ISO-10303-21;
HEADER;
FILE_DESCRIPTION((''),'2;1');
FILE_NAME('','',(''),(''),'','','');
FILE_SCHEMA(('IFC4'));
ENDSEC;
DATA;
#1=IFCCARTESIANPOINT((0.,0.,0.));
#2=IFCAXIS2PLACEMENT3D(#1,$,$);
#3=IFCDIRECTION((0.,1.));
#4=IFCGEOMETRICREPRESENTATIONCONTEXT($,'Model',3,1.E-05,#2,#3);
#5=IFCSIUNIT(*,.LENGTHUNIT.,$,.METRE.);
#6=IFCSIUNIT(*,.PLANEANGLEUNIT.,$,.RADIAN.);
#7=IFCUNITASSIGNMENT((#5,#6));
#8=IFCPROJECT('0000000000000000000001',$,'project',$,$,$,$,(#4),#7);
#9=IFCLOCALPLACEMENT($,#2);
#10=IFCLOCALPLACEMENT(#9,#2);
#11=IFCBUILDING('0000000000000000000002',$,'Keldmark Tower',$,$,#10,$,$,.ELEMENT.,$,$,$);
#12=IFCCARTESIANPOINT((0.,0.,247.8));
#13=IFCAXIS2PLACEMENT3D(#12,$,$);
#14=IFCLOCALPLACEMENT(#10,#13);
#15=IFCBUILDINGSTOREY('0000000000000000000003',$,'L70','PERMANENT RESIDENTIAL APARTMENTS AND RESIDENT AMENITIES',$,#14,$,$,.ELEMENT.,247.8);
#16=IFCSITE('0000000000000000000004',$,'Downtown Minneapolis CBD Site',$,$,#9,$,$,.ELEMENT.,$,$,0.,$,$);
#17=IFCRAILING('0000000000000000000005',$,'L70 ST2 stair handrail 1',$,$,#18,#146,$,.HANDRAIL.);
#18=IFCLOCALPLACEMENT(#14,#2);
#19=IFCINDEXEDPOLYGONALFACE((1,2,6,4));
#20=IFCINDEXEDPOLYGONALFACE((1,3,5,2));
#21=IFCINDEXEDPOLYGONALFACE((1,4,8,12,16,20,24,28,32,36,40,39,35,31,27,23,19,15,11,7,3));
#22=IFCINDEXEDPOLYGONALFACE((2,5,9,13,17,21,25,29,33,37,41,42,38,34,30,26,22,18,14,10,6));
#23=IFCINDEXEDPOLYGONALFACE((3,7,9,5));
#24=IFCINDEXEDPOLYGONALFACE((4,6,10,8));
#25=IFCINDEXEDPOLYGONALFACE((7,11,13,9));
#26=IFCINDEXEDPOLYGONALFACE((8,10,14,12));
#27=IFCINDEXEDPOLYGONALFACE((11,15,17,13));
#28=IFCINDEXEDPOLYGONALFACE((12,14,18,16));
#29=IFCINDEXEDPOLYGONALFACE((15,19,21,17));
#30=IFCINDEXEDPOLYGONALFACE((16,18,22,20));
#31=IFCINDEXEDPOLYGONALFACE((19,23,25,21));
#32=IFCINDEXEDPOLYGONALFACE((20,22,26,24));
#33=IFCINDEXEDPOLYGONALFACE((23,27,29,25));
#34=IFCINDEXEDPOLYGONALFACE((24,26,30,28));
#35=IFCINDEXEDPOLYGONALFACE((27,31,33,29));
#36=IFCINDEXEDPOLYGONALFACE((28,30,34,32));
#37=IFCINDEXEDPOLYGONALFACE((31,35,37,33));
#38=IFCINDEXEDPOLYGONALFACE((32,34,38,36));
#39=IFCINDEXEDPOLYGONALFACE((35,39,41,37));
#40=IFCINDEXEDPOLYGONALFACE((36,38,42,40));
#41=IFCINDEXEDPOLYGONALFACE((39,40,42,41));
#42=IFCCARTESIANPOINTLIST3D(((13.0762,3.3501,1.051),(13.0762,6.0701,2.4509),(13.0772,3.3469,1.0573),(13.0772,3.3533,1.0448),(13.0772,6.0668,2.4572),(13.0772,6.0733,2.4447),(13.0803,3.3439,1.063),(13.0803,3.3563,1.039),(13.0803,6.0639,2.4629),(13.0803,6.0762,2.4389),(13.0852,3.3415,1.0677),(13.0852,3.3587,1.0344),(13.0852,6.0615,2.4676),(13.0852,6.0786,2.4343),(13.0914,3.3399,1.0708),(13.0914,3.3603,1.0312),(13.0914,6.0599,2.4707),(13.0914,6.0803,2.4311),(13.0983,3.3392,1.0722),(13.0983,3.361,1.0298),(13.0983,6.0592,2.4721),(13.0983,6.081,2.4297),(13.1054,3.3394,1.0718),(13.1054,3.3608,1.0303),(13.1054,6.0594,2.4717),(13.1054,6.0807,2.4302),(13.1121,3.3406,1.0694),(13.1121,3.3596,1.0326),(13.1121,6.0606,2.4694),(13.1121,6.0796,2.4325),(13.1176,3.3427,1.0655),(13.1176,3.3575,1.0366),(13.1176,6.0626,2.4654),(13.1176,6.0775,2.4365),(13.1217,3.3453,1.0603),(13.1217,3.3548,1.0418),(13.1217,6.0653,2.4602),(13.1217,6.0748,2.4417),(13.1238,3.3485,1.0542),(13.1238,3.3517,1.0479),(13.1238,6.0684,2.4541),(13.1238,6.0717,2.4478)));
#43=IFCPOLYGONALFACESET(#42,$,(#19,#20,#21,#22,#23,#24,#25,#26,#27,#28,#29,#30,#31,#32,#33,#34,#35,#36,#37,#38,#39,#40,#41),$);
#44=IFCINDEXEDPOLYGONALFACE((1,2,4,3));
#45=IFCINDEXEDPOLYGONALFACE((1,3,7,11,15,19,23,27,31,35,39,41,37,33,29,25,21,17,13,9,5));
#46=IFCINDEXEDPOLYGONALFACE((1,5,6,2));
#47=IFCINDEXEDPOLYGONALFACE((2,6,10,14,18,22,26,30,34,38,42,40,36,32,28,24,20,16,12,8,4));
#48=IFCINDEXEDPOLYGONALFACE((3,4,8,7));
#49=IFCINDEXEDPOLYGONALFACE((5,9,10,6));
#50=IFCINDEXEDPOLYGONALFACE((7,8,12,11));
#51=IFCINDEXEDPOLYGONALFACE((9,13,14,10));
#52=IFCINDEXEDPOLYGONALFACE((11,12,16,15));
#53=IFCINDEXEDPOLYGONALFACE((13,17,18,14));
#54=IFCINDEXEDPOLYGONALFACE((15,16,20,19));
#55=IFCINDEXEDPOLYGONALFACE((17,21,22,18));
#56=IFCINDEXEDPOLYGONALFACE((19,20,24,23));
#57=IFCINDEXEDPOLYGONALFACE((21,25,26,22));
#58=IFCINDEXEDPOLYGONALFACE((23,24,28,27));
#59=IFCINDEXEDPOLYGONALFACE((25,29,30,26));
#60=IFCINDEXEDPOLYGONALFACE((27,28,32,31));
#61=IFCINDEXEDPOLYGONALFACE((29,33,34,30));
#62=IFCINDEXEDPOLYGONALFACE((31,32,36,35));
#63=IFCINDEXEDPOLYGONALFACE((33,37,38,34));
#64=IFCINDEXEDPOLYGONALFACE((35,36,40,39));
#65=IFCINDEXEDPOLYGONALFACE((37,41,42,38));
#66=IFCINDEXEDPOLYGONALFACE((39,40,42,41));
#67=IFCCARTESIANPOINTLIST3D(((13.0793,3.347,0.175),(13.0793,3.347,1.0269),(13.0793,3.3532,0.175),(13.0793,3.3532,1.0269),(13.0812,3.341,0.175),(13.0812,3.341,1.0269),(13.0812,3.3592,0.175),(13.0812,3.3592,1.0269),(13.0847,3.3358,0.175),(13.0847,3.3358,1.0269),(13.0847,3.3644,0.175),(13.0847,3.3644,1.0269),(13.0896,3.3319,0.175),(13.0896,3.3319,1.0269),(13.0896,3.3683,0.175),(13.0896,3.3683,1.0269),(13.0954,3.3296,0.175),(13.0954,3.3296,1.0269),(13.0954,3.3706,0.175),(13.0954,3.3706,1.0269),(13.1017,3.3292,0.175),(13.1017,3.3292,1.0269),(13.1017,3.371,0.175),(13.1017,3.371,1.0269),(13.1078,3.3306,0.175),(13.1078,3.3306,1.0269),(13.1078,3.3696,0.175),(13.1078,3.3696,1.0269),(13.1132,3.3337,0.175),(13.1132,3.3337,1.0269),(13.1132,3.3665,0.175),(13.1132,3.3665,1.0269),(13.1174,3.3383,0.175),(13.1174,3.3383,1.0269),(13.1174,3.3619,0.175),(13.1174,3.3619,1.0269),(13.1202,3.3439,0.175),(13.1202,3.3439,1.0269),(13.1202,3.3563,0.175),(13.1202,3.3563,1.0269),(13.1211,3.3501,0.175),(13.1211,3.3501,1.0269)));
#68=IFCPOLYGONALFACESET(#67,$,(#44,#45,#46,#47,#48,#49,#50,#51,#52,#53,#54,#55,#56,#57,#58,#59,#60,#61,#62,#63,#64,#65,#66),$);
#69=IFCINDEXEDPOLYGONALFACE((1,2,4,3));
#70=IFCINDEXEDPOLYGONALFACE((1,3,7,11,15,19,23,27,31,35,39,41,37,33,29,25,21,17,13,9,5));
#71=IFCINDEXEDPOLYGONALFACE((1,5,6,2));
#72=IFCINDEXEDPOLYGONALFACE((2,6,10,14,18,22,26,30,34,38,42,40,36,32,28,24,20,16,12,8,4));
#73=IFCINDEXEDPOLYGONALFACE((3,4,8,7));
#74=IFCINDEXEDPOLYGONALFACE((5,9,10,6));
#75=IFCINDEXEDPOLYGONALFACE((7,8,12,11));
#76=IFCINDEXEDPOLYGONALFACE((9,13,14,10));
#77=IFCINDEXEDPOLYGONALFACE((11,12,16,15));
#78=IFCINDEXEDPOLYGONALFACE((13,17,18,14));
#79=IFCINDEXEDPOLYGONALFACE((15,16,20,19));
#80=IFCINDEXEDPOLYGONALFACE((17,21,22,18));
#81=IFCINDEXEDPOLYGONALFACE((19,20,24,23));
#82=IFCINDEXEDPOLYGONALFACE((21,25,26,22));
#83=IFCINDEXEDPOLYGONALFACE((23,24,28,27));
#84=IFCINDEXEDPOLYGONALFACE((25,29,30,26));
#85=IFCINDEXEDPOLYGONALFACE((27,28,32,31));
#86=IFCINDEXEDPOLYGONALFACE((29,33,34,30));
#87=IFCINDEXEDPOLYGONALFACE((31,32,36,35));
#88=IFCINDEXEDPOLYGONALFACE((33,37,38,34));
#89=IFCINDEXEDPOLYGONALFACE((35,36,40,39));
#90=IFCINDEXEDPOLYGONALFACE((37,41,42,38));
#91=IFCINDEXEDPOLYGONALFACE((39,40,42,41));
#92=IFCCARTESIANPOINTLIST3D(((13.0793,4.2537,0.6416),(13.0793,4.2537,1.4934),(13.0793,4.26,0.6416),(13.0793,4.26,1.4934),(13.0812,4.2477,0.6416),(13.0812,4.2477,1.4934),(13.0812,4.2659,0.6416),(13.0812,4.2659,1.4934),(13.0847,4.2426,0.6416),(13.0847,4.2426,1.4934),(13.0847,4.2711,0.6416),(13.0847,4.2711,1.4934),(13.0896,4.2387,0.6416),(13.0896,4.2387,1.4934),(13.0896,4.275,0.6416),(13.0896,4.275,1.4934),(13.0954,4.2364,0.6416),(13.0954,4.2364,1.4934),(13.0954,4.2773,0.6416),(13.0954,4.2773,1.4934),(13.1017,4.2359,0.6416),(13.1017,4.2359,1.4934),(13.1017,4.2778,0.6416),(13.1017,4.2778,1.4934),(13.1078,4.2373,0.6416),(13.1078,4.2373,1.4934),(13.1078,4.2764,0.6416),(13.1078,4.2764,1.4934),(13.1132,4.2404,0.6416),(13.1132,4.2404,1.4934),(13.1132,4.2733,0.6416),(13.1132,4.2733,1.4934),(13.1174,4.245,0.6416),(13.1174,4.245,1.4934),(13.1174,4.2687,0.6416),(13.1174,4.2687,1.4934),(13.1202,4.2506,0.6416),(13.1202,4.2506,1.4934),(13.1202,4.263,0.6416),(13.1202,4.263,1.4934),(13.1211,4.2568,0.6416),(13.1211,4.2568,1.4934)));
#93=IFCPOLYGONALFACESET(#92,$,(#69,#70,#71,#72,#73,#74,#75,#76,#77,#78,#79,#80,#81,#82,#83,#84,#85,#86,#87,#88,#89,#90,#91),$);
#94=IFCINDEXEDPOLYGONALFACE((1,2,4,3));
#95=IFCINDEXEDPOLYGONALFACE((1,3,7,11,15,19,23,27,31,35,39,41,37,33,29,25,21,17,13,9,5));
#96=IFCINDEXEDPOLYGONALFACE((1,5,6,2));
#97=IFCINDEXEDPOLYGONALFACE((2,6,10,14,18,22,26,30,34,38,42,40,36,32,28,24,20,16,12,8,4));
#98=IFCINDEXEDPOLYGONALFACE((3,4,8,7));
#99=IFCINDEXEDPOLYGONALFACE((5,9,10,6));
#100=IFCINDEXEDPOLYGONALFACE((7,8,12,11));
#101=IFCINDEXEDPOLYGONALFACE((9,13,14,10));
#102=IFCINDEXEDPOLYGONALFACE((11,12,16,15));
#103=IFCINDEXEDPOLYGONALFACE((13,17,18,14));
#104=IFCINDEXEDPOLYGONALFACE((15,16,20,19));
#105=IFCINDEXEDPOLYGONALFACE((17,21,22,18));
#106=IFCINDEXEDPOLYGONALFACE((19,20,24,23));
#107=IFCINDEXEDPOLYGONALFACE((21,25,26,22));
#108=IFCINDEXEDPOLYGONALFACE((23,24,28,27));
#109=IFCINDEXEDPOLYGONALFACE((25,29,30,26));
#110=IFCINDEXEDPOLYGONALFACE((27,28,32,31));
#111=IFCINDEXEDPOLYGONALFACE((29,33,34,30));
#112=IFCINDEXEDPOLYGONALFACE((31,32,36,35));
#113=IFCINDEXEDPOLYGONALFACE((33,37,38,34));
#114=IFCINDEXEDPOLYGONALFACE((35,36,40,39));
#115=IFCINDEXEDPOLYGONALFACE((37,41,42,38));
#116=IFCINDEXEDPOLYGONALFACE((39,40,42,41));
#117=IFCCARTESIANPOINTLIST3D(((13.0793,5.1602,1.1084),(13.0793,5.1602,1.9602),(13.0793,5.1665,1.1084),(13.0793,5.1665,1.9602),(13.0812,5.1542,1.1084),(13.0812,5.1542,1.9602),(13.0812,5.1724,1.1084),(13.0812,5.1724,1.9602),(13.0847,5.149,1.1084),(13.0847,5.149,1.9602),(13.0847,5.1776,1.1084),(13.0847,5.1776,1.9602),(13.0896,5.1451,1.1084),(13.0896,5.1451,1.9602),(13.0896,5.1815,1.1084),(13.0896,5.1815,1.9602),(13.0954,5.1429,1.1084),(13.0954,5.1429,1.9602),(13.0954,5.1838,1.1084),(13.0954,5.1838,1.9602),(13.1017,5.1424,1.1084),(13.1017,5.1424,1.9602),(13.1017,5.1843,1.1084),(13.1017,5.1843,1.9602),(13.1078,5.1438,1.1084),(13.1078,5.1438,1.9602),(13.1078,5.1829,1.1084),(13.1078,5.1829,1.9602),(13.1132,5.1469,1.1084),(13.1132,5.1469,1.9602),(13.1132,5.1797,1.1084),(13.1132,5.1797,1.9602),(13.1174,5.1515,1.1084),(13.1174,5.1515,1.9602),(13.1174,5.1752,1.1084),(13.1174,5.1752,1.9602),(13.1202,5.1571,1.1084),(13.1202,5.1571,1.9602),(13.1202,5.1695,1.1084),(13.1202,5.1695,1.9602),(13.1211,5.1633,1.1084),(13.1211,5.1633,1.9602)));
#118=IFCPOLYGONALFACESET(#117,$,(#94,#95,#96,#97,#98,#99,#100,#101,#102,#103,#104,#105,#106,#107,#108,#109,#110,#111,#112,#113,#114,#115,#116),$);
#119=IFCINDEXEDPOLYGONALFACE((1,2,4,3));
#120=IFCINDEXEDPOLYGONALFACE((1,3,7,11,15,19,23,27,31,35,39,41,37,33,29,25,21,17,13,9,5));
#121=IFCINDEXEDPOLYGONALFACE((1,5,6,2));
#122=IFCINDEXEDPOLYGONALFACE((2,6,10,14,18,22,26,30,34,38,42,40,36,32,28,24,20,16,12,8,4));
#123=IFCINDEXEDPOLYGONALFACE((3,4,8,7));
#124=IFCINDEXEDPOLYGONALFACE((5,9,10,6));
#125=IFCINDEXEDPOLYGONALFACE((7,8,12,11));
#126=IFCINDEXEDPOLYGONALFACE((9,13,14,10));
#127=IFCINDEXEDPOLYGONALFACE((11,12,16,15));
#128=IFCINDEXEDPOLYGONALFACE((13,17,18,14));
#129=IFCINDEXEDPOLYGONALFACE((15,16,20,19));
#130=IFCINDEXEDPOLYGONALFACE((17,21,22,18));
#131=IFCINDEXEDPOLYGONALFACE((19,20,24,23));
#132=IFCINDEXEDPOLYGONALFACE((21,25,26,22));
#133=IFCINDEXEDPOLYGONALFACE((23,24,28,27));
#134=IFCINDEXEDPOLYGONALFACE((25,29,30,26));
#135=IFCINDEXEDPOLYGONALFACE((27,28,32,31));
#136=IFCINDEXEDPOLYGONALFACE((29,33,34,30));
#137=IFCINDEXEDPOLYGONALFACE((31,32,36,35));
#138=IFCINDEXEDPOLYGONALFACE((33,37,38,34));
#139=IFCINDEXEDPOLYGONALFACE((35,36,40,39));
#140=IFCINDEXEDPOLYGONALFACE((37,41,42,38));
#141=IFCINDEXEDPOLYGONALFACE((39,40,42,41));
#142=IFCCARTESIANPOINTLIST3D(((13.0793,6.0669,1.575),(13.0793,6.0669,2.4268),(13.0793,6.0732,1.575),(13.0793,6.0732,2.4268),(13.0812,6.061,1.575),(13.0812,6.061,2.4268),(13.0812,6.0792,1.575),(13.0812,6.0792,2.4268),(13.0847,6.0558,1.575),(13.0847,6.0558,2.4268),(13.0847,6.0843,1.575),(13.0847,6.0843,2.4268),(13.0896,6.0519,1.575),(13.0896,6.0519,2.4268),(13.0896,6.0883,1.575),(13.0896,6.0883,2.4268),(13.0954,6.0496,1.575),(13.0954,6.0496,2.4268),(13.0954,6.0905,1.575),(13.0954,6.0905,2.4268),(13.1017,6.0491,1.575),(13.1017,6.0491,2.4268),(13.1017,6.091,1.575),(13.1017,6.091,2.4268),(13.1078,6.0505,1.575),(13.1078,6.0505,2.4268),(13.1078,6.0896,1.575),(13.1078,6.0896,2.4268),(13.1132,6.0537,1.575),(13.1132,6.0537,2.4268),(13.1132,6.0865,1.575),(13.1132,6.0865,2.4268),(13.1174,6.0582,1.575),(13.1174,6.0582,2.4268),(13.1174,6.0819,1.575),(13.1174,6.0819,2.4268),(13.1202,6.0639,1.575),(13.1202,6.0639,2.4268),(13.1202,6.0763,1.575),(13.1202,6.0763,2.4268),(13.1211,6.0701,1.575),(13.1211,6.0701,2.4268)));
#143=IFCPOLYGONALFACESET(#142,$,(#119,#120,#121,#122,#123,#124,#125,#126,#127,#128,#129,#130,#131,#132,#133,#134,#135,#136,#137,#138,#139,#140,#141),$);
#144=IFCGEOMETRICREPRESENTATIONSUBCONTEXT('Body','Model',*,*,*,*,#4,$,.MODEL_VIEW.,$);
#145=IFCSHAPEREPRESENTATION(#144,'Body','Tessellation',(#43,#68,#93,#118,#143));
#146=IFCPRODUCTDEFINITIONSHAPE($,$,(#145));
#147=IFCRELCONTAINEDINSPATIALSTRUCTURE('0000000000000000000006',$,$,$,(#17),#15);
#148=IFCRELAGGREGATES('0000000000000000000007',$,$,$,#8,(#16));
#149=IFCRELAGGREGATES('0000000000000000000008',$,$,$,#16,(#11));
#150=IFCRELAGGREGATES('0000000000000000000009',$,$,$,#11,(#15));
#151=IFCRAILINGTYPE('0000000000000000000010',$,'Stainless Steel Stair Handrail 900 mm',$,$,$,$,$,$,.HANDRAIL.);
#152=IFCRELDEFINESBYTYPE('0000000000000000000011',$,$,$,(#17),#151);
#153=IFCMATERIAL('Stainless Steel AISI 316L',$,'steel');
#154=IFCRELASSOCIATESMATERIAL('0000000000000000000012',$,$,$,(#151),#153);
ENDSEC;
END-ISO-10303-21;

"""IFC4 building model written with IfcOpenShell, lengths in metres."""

from ifc_helpers import new_model, si_unit, direction, frame, origin, origin_2d, place, context, subcontext, project, spatial, circle, extrude, material, type_object, element, save


model = new_model("IFC4")

# Units and contexts
model_context = context("Model", 3, precision=1e-05, world=origin(), true_north=direction((0.0, 1.0)))
body_context = subcontext(model_context, "Body", "Model", "MODEL_VIEW")
ifc_project = project(units=[si_unit("LENGTHUNIT", "METRE"), si_unit("PLANEANGLEUNIT", "RADIAN")], contexts=[model_context])

# Site, building, storey
site_placement = place(None, origin())
site = spatial("IfcSite", under=ifc_project, at=site_placement, Name="Downtown Minneapolis CBD Site", CompositionType="ELEMENT", RefElevation=0.0)
building_placement = place(site_placement, origin())
building = spatial("IfcBuilding", under=site, at=building_placement, Name="Keldmark Tower", CompositionType="ELEMENT")
storey_placement = place(building_placement, frame((0.0, 0.0, 247.8)))
storey = spatial("IfcBuildingStorey", under=building, at=storey_placement, Name="L70", Description="PERMANENT RESIDENTIAL APARTMENTS AND RESIDENT AMENITIES", CompositionType="ELEMENT", Elevation=247.8)

# Railing
ifc_material_1 = material(Name="Stainless Steel AISI 316L", Category="steel")
railing_type_1 = type_object("IfcRailingType", Name="Stainless Steel Stair Handrail 900 mm", PredefinedType="HANDRAIL", material=ifc_material_1)
railing_1_placement = place(storey_placement, frame((13.1001, 3.3501, 0.175)))
element("IfcRailing", 1, at=railing_1_placement, inside=storey, type_object=railing_type_1, Name="L70 ST2 stair handrail 1", PredefinedType="HANDRAIL", context=body_context, shape_type="SweptSolid", body=[
    extrude(circle(Radius=0.0239, at=origin_2d()), frame((0.0, 0.0, 0.876), z_axis=(0.0, 0.889147, 0.457622), x_axis=(-1.0, 0.0, 0.0)), (0.0, 0.0, 1.0), 3.0591),
    extrude(circle(Radius=0.021, at=origin_2d()), origin(), (0.0, 0.0, 1.0), 0.8518),
    extrude(circle(Radius=0.021, at=origin_2d()), frame((0.0, 0.9067, 0.4666)), (0.0, 0.0, 1.0), 0.8518),
    extrude(circle(Radius=0.021, at=origin_2d()), frame((0.0, 1.8132, 0.9333)), (0.0, 0.0, 1.0), 0.8518),
    extrude(circle(Radius=0.021, at=origin_2d()), frame((0.0, 2.72, 1.3999)), (0.0, 0.0, 1.0), 0.8518),
])

save(model, "model.ifc")
